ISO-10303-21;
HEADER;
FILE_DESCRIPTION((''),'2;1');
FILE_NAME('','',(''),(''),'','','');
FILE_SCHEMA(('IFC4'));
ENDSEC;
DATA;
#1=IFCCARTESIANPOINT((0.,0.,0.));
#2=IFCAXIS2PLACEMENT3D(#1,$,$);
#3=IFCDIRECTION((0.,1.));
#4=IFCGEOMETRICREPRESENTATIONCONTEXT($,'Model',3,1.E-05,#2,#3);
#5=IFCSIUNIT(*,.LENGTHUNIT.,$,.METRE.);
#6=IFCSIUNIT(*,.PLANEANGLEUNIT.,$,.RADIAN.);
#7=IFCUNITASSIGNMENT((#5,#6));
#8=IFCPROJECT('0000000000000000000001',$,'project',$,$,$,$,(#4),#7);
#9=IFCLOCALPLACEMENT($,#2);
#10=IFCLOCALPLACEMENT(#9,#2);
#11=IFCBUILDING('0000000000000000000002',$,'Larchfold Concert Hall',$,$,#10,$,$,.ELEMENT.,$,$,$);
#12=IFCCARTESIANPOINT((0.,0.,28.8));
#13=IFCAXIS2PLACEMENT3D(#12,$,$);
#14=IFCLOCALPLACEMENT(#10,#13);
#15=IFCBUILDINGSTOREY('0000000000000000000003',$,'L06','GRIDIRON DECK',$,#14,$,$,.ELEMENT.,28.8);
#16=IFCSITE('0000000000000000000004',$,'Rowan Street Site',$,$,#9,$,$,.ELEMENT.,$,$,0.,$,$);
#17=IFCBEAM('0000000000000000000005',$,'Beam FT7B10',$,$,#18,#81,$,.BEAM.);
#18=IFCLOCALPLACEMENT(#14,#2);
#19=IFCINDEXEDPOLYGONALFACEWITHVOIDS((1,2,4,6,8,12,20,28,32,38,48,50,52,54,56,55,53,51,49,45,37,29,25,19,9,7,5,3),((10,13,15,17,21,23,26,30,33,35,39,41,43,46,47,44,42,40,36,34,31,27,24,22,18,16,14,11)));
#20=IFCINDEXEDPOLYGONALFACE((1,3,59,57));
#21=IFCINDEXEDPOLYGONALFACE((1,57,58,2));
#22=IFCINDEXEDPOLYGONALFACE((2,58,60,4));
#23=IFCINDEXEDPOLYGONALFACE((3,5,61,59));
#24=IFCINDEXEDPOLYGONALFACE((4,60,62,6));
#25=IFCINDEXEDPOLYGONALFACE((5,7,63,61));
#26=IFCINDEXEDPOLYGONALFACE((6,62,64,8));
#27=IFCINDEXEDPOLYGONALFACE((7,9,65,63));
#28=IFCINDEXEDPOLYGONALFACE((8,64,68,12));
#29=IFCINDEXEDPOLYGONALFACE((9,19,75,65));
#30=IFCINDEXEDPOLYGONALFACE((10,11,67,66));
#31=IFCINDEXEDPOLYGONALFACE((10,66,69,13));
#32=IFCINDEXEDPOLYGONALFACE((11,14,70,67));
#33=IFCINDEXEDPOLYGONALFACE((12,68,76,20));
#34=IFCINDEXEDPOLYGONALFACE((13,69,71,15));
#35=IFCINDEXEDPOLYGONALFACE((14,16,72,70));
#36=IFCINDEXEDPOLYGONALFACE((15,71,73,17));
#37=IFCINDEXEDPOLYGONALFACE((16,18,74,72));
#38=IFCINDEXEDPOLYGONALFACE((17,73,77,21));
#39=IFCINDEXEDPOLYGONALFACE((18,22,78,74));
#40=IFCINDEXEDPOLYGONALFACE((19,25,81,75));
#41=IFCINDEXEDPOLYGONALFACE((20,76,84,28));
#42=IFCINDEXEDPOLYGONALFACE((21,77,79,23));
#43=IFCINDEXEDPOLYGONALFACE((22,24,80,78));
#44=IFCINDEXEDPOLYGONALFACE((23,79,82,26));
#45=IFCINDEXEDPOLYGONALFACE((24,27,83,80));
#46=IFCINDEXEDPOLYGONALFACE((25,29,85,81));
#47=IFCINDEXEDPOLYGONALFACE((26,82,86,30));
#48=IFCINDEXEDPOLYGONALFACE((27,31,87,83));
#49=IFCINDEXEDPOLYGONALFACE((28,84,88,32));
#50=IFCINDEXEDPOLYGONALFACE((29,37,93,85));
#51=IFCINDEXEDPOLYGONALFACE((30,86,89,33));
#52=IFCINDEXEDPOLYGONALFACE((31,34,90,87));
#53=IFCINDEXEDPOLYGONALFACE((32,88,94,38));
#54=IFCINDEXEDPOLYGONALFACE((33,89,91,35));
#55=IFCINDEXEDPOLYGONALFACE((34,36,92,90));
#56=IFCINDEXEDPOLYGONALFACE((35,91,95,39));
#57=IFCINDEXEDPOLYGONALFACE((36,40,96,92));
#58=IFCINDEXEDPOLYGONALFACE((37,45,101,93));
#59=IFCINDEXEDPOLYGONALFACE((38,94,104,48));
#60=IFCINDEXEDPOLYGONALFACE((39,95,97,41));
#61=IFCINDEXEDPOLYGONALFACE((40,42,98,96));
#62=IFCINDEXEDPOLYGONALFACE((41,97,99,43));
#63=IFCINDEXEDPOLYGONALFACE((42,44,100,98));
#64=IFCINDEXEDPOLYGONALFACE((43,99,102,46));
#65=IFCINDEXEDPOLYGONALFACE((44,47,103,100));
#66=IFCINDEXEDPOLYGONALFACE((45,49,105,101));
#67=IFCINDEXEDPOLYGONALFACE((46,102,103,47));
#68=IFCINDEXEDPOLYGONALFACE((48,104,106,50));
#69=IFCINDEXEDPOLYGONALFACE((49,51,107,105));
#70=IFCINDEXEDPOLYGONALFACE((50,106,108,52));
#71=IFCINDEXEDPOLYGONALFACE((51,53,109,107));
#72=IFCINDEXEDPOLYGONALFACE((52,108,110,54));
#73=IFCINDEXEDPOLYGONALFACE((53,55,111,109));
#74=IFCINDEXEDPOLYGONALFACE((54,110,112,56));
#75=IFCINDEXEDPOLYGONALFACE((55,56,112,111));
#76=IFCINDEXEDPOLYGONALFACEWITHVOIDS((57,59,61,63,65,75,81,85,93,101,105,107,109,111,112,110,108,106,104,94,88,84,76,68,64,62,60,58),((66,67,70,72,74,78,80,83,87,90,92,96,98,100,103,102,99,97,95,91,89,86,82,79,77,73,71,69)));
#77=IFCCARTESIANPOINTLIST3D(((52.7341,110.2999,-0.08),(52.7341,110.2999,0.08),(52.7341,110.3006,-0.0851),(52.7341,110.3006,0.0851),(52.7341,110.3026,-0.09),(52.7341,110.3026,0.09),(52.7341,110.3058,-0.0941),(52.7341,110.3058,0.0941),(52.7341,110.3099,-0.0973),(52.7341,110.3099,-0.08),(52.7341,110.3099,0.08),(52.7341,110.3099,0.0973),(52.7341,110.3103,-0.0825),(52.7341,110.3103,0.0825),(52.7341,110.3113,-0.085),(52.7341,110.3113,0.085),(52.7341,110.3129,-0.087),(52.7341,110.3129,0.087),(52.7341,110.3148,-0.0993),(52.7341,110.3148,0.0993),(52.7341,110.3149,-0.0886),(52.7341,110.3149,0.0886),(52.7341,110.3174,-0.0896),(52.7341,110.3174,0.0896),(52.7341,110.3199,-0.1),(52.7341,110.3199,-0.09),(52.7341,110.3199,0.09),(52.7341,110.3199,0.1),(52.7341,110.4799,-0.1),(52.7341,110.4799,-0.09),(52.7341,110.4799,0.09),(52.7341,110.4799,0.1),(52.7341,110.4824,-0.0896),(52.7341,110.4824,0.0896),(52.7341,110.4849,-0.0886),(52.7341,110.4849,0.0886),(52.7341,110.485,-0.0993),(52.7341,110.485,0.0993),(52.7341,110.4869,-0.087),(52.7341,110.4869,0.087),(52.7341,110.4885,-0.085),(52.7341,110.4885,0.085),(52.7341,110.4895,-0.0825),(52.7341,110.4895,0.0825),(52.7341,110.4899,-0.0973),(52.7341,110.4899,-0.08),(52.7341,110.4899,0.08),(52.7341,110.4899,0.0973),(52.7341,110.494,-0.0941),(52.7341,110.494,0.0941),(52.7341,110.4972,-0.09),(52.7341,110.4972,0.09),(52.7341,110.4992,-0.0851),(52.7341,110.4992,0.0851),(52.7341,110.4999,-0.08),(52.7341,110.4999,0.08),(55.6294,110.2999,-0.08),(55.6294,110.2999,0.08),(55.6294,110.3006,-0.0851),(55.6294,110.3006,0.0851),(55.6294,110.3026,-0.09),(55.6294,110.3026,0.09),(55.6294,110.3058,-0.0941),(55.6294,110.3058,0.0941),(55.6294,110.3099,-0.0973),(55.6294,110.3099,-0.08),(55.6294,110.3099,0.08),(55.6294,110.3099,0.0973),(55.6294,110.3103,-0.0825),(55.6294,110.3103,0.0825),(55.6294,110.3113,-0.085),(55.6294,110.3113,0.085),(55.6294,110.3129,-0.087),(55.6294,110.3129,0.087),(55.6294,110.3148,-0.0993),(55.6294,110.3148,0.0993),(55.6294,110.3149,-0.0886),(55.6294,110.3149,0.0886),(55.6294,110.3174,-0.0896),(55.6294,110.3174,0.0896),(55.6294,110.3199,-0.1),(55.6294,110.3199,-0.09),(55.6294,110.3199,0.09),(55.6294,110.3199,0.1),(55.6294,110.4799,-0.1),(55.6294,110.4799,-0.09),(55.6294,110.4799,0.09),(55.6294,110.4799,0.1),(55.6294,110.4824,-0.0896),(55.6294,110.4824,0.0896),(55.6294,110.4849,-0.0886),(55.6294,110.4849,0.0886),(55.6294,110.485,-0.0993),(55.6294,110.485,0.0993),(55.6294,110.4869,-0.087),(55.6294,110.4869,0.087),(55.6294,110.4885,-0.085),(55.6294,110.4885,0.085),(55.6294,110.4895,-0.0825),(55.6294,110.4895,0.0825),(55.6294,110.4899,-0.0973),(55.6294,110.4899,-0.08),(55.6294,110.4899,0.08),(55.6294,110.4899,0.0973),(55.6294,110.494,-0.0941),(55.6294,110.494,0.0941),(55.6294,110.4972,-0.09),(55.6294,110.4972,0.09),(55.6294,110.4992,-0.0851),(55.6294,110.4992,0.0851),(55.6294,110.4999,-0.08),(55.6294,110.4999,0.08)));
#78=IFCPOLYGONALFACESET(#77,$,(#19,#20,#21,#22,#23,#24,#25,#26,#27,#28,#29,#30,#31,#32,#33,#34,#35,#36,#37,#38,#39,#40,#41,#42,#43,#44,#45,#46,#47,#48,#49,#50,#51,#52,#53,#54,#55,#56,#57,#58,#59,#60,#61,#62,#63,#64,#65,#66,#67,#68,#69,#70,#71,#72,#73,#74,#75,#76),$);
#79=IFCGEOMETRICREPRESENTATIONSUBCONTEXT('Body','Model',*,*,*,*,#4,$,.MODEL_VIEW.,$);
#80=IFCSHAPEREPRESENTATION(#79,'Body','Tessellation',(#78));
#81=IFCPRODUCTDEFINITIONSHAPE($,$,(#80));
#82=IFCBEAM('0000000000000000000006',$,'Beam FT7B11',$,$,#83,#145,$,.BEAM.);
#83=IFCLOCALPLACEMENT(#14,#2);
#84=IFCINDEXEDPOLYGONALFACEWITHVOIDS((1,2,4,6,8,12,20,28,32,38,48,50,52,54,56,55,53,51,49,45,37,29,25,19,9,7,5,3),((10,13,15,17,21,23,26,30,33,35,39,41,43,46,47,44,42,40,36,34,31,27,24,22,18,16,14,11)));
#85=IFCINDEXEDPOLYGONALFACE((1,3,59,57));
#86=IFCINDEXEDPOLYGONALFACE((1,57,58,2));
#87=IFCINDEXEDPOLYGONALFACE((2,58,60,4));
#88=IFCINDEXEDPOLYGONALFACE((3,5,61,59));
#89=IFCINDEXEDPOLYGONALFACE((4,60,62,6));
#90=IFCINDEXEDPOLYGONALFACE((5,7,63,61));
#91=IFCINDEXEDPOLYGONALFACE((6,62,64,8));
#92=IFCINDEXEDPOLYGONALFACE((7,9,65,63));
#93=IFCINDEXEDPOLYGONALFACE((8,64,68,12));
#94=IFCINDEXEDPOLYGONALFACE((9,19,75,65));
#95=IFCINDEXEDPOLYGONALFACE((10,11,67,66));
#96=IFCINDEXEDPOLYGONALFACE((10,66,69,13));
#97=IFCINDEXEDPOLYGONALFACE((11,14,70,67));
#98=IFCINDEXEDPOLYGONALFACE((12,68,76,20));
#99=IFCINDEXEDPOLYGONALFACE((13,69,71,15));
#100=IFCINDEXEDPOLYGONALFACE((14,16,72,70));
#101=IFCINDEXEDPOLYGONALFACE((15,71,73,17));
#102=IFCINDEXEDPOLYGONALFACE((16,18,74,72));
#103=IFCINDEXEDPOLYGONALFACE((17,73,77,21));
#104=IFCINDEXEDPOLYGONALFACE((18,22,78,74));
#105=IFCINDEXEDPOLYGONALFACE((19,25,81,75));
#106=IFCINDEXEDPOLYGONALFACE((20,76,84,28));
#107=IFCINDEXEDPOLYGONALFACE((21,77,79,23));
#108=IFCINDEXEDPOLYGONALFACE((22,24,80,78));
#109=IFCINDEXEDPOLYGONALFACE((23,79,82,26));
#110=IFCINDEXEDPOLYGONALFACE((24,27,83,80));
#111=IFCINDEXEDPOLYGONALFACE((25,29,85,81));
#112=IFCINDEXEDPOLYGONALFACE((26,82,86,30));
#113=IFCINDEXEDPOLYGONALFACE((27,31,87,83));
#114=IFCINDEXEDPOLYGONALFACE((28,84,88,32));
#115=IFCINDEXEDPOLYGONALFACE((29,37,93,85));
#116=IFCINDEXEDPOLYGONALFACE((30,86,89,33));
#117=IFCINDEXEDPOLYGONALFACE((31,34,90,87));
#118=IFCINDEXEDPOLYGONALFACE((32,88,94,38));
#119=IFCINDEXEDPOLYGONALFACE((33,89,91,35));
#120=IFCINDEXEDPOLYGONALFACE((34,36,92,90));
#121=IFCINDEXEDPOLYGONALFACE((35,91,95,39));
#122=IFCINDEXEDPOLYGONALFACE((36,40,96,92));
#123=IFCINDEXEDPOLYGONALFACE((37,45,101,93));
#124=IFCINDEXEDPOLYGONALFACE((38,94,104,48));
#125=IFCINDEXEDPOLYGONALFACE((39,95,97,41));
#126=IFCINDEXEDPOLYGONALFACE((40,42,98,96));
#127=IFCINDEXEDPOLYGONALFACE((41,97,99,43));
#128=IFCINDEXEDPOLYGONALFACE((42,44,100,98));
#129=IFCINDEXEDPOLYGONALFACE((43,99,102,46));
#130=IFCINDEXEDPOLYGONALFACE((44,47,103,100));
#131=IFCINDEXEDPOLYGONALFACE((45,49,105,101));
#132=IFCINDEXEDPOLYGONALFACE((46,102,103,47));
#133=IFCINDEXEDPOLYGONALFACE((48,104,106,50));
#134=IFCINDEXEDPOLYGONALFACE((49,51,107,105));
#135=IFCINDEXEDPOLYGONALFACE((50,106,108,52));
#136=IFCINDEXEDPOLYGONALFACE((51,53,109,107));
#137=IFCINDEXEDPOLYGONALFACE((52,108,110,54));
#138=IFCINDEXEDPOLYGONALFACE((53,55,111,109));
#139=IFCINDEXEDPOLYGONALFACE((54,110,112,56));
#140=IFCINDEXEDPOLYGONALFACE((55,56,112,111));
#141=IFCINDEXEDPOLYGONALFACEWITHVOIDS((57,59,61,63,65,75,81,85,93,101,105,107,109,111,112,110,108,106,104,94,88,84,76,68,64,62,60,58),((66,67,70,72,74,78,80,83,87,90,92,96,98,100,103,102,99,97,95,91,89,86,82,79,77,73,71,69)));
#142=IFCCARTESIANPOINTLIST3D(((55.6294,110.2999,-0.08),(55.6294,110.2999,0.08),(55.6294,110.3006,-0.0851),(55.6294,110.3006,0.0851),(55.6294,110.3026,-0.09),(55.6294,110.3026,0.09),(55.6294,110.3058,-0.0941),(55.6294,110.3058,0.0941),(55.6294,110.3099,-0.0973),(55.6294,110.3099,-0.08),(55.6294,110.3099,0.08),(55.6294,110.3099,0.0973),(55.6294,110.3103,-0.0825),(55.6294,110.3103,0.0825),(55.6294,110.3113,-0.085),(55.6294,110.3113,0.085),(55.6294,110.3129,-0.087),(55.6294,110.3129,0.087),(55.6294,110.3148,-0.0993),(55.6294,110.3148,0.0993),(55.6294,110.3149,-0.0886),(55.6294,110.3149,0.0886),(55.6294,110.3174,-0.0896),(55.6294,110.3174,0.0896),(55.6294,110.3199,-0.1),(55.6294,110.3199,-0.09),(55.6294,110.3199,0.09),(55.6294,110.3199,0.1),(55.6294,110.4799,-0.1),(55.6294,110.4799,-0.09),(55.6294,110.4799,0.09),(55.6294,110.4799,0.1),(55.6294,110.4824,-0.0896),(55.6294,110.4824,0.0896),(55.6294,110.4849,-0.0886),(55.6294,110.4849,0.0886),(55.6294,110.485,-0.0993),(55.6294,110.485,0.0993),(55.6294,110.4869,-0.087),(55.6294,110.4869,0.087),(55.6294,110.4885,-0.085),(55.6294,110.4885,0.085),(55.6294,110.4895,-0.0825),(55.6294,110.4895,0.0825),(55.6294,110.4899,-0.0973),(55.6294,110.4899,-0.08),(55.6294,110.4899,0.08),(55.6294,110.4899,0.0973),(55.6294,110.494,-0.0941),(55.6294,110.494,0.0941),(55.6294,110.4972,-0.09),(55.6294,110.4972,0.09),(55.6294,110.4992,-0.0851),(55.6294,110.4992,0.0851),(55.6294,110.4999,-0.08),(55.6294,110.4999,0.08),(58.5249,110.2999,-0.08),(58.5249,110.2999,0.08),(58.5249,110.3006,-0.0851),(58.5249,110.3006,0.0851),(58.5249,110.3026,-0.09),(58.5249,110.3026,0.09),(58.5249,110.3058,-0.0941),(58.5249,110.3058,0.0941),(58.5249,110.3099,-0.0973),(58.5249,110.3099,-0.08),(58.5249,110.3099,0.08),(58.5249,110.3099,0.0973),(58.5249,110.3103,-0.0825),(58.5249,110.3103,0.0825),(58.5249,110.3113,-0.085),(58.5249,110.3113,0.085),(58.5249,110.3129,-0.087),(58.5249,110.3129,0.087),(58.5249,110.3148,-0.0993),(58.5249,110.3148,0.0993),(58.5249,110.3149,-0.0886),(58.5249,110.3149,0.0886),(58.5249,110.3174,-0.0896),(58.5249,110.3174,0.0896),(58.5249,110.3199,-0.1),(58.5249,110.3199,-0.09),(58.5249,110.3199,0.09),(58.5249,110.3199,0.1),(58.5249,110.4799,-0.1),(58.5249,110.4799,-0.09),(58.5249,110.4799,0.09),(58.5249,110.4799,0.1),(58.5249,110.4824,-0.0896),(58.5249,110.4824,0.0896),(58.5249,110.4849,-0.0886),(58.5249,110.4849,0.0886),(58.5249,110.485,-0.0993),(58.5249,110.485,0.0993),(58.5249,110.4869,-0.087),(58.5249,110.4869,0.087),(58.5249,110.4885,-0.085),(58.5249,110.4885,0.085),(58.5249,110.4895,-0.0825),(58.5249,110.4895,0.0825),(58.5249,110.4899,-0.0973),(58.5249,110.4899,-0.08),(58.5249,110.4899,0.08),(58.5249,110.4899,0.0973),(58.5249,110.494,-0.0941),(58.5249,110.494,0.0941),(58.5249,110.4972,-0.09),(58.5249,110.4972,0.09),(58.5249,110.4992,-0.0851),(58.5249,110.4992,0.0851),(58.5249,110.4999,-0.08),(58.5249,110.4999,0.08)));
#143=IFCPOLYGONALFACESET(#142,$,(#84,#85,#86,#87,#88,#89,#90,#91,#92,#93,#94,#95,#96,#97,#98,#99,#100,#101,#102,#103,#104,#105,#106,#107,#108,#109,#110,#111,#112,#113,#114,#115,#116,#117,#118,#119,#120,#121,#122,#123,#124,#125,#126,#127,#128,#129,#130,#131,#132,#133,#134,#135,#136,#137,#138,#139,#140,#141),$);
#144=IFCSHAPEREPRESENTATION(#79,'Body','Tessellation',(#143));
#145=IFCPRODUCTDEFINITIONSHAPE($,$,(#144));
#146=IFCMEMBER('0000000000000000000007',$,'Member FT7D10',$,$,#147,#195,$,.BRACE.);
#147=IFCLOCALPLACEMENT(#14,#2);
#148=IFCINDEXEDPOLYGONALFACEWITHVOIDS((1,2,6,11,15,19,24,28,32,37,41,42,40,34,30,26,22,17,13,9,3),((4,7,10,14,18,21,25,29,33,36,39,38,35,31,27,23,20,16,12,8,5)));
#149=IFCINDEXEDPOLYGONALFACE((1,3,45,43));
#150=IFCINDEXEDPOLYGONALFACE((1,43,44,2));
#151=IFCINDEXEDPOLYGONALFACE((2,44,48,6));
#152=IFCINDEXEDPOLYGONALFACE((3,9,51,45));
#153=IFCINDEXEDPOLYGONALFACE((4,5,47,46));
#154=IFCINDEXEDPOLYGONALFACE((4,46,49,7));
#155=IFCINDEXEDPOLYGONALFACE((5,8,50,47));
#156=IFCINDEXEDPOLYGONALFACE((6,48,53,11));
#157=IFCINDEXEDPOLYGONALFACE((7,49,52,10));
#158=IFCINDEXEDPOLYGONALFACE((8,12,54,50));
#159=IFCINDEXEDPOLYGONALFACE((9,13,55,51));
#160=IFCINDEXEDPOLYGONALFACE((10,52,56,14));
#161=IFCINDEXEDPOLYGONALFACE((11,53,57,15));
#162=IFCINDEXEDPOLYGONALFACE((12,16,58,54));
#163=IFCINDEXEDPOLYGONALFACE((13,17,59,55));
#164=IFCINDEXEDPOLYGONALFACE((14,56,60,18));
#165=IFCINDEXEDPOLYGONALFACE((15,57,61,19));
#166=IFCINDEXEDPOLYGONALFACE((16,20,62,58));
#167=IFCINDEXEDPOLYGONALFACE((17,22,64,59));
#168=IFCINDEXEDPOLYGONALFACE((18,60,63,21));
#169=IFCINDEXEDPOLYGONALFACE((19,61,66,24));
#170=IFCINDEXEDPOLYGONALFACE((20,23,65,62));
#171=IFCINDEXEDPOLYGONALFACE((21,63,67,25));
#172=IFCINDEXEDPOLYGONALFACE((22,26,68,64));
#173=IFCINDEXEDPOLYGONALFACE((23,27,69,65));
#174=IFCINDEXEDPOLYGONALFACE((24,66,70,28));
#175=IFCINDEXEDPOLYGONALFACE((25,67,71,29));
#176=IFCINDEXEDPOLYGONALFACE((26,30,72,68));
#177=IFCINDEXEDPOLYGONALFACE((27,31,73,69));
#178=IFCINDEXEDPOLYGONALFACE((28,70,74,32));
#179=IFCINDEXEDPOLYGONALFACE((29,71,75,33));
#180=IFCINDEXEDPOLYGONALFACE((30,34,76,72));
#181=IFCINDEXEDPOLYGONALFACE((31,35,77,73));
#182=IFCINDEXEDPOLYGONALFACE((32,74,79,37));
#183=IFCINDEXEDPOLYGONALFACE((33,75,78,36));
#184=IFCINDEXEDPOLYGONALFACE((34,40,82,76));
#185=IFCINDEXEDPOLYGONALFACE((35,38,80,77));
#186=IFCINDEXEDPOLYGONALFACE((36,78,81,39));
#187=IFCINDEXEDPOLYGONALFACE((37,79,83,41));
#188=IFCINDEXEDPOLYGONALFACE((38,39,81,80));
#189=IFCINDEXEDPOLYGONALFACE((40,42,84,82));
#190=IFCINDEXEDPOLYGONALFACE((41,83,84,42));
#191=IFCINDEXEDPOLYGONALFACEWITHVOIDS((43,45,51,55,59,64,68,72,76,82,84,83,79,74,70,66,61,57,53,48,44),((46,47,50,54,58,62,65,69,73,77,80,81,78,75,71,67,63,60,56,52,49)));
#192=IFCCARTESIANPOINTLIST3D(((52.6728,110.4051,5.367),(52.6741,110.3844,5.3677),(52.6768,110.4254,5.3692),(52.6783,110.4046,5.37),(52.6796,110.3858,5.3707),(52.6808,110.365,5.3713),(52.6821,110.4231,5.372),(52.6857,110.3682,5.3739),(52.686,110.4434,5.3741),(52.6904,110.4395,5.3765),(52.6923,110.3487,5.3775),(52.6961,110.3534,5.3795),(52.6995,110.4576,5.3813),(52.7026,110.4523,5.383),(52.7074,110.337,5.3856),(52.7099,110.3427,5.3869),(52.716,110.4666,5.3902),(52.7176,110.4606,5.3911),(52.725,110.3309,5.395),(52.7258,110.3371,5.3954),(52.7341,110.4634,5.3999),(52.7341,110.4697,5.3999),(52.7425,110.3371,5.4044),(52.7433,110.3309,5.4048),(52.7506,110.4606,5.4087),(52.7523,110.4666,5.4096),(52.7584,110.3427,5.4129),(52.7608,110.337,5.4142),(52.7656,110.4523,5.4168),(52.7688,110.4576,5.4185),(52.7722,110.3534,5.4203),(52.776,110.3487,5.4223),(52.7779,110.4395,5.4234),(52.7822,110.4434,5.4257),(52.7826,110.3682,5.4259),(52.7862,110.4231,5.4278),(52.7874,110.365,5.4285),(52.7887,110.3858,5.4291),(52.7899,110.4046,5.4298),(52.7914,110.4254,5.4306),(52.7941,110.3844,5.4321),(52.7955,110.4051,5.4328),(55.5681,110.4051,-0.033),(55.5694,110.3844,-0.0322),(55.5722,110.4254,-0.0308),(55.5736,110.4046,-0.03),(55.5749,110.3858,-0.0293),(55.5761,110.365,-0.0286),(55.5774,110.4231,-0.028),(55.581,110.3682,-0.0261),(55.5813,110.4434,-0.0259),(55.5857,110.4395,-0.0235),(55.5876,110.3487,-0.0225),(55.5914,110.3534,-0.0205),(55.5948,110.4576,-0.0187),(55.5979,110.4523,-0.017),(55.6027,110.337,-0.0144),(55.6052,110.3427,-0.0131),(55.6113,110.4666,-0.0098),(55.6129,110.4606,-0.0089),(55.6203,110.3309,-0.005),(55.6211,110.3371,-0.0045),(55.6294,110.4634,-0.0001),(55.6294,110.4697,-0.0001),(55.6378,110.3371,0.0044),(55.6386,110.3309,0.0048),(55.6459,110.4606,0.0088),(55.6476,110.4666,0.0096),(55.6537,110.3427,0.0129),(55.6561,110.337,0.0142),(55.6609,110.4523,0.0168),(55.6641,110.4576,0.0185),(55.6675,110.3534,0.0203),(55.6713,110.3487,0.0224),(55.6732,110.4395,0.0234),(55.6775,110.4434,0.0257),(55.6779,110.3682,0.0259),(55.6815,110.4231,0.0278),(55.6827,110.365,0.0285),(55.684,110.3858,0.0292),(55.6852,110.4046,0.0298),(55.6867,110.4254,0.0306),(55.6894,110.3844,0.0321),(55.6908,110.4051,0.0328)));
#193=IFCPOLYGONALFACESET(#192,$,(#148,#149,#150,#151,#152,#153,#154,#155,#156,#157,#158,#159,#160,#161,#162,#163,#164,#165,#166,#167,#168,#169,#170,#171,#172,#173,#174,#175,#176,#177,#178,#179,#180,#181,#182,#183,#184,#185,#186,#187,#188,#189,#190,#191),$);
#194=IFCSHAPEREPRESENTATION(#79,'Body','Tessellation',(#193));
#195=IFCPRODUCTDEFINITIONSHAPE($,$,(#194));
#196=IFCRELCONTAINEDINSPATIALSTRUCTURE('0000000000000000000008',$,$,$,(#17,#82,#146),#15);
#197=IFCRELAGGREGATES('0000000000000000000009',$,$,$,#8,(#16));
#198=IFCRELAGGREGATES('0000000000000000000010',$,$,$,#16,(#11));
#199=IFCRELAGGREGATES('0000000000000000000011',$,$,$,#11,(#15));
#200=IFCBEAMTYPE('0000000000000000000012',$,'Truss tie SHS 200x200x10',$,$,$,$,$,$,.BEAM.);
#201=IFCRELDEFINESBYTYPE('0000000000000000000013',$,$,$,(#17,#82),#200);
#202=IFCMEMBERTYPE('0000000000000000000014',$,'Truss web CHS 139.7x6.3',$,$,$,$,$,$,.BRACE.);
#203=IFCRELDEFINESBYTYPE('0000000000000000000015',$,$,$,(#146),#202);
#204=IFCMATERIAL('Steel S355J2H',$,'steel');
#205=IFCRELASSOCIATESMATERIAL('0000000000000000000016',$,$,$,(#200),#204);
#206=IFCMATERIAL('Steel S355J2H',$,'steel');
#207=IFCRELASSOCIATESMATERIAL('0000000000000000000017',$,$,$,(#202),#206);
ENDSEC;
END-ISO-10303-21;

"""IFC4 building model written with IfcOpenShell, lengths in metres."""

from ifc_helpers import new_model, si_unit, direction, frame, origin, origin_2d, place, context, subcontext, project, spatial, hollow_rectangle, hollow_circle, extrude, material, material_profile, profile_set, type_object, element, save


model = new_model("IFC4")

# Units and contexts
model_context = context("Model", 3, precision=1e-05, world=origin(), true_north=direction((0.0, 1.0)))
body_context = subcontext(model_context, "Body", "Model", "MODEL_VIEW")
ifc_project = project(units=[si_unit("LENGTHUNIT", "METRE"), si_unit("PLANEANGLEUNIT", "RADIAN")], contexts=[model_context])

# Site, building, storey
site_placement = place(None, origin())
site = spatial("IfcSite", under=ifc_project, at=site_placement, Name="Rowan Street Site", CompositionType="ELEMENT", RefElevation=0.0)
building_placement = place(site_placement, origin())
building = spatial("IfcBuilding", under=site, at=building_placement, Name="Larchfold Concert Hall", CompositionType="ELEMENT")
storey_placement = place(building_placement, frame((0.0, 0.0, 28.8)))
storey = spatial("IfcBuildingStorey", under=building, at=storey_placement, Name="L06", Description="GRIDIRON DECK", CompositionType="ELEMENT", Elevation=28.8)

# Beams
ifc_material_1 = material(Name="Steel S355J2H", Category="steel")
ifc_material_profile_1 = material_profile(ifc_material_1, hollow_rectangle(XDim=0.2, YDim=0.2, WallThickness=0.01, InnerFilletRadius=0.01, OuterFilletRadius=0.02, at=origin_2d()))
ifc_profile_set_1 = profile_set([ifc_material_profile_1], Name="Steel S355J2H")
beam_type_1 = type_object("IfcBeamType", Name="Truss tie SHS 200x200x10", PredefinedType="BEAM", material=ifc_profile_set_1)
beam_1_placement = place(storey_placement, frame((52.7341, 110.3999, 0.0), z_axis=(1.0, 0.0, 0.0), x_axis=(0.0, 1.0, 0.0)))
element("IfcBeam", 1, at=beam_1_placement, inside=storey, type_object=beam_type_1, Name="Beam FT7B10", PredefinedType="BEAM", context=body_context, shape_type="SweptSolid", body=[
    extrude(hollow_rectangle(XDim=0.2, YDim=0.2, WallThickness=0.01, InnerFilletRadius=0.01, OuterFilletRadius=0.02, at=origin_2d()), origin(), (0.0, 0.0, 1.0), 2.8953),
])
beam_2_placement = place(storey_placement, frame((55.6294, 110.3999, 0.0), z_axis=(1.0, 0.0, 0.0), x_axis=(0.0, 1.0, 0.0)))
element("IfcBeam", 2, at=beam_2_placement, inside=storey, type_object=beam_type_1, Name="Beam FT7B11", PredefinedType="BEAM", context=body_context, shape_type="SweptSolid", body=[
    extrude(hollow_rectangle(XDim=0.2, YDim=0.2, WallThickness=0.01, InnerFilletRadius=0.01, OuterFilletRadius=0.02, at=origin_2d()), origin(), (0.0, 0.0, 1.0), 2.8955),
])

# Member
ifc_material_2 = material(Name="Steel S355J2H", Category="steel")
ifc_material_profile_2 = material_profile(ifc_material_2, hollow_circle(Radius=0.0698, WallThickness=0.0063, at=origin_2d()))
ifc_profile_set_2 = profile_set([ifc_material_profile_2], Name="Steel S355J2H")
member_type_1 = type_object("IfcMemberType", Name="Truss web CHS 139.7x6.3", PredefinedType="BRACE", material=ifc_profile_set_2)
for number, where, z_axis, x_axis, name in (
    (3, (52.7341, 110.3999, 5.3999), (0.472533, 0.0, -0.881313), (0.0, 1.0, 0.0), "Member FT7D10"),
):
    element("IfcMember", number, at=place(storey_placement, frame(where, z_axis=z_axis, x_axis=x_axis)), inside=storey, type_object=member_type_1, Name=name, PredefinedType="BRACE", context=body_context, shape_type="SweptSolid", body=[
        extrude(hollow_circle(Radius=0.0698, WallThickness=0.0063, at=origin_2d()), origin(), (0.0, 0.0, 1.0), 6.1272),
    ])

save(model, "model.ifc")
